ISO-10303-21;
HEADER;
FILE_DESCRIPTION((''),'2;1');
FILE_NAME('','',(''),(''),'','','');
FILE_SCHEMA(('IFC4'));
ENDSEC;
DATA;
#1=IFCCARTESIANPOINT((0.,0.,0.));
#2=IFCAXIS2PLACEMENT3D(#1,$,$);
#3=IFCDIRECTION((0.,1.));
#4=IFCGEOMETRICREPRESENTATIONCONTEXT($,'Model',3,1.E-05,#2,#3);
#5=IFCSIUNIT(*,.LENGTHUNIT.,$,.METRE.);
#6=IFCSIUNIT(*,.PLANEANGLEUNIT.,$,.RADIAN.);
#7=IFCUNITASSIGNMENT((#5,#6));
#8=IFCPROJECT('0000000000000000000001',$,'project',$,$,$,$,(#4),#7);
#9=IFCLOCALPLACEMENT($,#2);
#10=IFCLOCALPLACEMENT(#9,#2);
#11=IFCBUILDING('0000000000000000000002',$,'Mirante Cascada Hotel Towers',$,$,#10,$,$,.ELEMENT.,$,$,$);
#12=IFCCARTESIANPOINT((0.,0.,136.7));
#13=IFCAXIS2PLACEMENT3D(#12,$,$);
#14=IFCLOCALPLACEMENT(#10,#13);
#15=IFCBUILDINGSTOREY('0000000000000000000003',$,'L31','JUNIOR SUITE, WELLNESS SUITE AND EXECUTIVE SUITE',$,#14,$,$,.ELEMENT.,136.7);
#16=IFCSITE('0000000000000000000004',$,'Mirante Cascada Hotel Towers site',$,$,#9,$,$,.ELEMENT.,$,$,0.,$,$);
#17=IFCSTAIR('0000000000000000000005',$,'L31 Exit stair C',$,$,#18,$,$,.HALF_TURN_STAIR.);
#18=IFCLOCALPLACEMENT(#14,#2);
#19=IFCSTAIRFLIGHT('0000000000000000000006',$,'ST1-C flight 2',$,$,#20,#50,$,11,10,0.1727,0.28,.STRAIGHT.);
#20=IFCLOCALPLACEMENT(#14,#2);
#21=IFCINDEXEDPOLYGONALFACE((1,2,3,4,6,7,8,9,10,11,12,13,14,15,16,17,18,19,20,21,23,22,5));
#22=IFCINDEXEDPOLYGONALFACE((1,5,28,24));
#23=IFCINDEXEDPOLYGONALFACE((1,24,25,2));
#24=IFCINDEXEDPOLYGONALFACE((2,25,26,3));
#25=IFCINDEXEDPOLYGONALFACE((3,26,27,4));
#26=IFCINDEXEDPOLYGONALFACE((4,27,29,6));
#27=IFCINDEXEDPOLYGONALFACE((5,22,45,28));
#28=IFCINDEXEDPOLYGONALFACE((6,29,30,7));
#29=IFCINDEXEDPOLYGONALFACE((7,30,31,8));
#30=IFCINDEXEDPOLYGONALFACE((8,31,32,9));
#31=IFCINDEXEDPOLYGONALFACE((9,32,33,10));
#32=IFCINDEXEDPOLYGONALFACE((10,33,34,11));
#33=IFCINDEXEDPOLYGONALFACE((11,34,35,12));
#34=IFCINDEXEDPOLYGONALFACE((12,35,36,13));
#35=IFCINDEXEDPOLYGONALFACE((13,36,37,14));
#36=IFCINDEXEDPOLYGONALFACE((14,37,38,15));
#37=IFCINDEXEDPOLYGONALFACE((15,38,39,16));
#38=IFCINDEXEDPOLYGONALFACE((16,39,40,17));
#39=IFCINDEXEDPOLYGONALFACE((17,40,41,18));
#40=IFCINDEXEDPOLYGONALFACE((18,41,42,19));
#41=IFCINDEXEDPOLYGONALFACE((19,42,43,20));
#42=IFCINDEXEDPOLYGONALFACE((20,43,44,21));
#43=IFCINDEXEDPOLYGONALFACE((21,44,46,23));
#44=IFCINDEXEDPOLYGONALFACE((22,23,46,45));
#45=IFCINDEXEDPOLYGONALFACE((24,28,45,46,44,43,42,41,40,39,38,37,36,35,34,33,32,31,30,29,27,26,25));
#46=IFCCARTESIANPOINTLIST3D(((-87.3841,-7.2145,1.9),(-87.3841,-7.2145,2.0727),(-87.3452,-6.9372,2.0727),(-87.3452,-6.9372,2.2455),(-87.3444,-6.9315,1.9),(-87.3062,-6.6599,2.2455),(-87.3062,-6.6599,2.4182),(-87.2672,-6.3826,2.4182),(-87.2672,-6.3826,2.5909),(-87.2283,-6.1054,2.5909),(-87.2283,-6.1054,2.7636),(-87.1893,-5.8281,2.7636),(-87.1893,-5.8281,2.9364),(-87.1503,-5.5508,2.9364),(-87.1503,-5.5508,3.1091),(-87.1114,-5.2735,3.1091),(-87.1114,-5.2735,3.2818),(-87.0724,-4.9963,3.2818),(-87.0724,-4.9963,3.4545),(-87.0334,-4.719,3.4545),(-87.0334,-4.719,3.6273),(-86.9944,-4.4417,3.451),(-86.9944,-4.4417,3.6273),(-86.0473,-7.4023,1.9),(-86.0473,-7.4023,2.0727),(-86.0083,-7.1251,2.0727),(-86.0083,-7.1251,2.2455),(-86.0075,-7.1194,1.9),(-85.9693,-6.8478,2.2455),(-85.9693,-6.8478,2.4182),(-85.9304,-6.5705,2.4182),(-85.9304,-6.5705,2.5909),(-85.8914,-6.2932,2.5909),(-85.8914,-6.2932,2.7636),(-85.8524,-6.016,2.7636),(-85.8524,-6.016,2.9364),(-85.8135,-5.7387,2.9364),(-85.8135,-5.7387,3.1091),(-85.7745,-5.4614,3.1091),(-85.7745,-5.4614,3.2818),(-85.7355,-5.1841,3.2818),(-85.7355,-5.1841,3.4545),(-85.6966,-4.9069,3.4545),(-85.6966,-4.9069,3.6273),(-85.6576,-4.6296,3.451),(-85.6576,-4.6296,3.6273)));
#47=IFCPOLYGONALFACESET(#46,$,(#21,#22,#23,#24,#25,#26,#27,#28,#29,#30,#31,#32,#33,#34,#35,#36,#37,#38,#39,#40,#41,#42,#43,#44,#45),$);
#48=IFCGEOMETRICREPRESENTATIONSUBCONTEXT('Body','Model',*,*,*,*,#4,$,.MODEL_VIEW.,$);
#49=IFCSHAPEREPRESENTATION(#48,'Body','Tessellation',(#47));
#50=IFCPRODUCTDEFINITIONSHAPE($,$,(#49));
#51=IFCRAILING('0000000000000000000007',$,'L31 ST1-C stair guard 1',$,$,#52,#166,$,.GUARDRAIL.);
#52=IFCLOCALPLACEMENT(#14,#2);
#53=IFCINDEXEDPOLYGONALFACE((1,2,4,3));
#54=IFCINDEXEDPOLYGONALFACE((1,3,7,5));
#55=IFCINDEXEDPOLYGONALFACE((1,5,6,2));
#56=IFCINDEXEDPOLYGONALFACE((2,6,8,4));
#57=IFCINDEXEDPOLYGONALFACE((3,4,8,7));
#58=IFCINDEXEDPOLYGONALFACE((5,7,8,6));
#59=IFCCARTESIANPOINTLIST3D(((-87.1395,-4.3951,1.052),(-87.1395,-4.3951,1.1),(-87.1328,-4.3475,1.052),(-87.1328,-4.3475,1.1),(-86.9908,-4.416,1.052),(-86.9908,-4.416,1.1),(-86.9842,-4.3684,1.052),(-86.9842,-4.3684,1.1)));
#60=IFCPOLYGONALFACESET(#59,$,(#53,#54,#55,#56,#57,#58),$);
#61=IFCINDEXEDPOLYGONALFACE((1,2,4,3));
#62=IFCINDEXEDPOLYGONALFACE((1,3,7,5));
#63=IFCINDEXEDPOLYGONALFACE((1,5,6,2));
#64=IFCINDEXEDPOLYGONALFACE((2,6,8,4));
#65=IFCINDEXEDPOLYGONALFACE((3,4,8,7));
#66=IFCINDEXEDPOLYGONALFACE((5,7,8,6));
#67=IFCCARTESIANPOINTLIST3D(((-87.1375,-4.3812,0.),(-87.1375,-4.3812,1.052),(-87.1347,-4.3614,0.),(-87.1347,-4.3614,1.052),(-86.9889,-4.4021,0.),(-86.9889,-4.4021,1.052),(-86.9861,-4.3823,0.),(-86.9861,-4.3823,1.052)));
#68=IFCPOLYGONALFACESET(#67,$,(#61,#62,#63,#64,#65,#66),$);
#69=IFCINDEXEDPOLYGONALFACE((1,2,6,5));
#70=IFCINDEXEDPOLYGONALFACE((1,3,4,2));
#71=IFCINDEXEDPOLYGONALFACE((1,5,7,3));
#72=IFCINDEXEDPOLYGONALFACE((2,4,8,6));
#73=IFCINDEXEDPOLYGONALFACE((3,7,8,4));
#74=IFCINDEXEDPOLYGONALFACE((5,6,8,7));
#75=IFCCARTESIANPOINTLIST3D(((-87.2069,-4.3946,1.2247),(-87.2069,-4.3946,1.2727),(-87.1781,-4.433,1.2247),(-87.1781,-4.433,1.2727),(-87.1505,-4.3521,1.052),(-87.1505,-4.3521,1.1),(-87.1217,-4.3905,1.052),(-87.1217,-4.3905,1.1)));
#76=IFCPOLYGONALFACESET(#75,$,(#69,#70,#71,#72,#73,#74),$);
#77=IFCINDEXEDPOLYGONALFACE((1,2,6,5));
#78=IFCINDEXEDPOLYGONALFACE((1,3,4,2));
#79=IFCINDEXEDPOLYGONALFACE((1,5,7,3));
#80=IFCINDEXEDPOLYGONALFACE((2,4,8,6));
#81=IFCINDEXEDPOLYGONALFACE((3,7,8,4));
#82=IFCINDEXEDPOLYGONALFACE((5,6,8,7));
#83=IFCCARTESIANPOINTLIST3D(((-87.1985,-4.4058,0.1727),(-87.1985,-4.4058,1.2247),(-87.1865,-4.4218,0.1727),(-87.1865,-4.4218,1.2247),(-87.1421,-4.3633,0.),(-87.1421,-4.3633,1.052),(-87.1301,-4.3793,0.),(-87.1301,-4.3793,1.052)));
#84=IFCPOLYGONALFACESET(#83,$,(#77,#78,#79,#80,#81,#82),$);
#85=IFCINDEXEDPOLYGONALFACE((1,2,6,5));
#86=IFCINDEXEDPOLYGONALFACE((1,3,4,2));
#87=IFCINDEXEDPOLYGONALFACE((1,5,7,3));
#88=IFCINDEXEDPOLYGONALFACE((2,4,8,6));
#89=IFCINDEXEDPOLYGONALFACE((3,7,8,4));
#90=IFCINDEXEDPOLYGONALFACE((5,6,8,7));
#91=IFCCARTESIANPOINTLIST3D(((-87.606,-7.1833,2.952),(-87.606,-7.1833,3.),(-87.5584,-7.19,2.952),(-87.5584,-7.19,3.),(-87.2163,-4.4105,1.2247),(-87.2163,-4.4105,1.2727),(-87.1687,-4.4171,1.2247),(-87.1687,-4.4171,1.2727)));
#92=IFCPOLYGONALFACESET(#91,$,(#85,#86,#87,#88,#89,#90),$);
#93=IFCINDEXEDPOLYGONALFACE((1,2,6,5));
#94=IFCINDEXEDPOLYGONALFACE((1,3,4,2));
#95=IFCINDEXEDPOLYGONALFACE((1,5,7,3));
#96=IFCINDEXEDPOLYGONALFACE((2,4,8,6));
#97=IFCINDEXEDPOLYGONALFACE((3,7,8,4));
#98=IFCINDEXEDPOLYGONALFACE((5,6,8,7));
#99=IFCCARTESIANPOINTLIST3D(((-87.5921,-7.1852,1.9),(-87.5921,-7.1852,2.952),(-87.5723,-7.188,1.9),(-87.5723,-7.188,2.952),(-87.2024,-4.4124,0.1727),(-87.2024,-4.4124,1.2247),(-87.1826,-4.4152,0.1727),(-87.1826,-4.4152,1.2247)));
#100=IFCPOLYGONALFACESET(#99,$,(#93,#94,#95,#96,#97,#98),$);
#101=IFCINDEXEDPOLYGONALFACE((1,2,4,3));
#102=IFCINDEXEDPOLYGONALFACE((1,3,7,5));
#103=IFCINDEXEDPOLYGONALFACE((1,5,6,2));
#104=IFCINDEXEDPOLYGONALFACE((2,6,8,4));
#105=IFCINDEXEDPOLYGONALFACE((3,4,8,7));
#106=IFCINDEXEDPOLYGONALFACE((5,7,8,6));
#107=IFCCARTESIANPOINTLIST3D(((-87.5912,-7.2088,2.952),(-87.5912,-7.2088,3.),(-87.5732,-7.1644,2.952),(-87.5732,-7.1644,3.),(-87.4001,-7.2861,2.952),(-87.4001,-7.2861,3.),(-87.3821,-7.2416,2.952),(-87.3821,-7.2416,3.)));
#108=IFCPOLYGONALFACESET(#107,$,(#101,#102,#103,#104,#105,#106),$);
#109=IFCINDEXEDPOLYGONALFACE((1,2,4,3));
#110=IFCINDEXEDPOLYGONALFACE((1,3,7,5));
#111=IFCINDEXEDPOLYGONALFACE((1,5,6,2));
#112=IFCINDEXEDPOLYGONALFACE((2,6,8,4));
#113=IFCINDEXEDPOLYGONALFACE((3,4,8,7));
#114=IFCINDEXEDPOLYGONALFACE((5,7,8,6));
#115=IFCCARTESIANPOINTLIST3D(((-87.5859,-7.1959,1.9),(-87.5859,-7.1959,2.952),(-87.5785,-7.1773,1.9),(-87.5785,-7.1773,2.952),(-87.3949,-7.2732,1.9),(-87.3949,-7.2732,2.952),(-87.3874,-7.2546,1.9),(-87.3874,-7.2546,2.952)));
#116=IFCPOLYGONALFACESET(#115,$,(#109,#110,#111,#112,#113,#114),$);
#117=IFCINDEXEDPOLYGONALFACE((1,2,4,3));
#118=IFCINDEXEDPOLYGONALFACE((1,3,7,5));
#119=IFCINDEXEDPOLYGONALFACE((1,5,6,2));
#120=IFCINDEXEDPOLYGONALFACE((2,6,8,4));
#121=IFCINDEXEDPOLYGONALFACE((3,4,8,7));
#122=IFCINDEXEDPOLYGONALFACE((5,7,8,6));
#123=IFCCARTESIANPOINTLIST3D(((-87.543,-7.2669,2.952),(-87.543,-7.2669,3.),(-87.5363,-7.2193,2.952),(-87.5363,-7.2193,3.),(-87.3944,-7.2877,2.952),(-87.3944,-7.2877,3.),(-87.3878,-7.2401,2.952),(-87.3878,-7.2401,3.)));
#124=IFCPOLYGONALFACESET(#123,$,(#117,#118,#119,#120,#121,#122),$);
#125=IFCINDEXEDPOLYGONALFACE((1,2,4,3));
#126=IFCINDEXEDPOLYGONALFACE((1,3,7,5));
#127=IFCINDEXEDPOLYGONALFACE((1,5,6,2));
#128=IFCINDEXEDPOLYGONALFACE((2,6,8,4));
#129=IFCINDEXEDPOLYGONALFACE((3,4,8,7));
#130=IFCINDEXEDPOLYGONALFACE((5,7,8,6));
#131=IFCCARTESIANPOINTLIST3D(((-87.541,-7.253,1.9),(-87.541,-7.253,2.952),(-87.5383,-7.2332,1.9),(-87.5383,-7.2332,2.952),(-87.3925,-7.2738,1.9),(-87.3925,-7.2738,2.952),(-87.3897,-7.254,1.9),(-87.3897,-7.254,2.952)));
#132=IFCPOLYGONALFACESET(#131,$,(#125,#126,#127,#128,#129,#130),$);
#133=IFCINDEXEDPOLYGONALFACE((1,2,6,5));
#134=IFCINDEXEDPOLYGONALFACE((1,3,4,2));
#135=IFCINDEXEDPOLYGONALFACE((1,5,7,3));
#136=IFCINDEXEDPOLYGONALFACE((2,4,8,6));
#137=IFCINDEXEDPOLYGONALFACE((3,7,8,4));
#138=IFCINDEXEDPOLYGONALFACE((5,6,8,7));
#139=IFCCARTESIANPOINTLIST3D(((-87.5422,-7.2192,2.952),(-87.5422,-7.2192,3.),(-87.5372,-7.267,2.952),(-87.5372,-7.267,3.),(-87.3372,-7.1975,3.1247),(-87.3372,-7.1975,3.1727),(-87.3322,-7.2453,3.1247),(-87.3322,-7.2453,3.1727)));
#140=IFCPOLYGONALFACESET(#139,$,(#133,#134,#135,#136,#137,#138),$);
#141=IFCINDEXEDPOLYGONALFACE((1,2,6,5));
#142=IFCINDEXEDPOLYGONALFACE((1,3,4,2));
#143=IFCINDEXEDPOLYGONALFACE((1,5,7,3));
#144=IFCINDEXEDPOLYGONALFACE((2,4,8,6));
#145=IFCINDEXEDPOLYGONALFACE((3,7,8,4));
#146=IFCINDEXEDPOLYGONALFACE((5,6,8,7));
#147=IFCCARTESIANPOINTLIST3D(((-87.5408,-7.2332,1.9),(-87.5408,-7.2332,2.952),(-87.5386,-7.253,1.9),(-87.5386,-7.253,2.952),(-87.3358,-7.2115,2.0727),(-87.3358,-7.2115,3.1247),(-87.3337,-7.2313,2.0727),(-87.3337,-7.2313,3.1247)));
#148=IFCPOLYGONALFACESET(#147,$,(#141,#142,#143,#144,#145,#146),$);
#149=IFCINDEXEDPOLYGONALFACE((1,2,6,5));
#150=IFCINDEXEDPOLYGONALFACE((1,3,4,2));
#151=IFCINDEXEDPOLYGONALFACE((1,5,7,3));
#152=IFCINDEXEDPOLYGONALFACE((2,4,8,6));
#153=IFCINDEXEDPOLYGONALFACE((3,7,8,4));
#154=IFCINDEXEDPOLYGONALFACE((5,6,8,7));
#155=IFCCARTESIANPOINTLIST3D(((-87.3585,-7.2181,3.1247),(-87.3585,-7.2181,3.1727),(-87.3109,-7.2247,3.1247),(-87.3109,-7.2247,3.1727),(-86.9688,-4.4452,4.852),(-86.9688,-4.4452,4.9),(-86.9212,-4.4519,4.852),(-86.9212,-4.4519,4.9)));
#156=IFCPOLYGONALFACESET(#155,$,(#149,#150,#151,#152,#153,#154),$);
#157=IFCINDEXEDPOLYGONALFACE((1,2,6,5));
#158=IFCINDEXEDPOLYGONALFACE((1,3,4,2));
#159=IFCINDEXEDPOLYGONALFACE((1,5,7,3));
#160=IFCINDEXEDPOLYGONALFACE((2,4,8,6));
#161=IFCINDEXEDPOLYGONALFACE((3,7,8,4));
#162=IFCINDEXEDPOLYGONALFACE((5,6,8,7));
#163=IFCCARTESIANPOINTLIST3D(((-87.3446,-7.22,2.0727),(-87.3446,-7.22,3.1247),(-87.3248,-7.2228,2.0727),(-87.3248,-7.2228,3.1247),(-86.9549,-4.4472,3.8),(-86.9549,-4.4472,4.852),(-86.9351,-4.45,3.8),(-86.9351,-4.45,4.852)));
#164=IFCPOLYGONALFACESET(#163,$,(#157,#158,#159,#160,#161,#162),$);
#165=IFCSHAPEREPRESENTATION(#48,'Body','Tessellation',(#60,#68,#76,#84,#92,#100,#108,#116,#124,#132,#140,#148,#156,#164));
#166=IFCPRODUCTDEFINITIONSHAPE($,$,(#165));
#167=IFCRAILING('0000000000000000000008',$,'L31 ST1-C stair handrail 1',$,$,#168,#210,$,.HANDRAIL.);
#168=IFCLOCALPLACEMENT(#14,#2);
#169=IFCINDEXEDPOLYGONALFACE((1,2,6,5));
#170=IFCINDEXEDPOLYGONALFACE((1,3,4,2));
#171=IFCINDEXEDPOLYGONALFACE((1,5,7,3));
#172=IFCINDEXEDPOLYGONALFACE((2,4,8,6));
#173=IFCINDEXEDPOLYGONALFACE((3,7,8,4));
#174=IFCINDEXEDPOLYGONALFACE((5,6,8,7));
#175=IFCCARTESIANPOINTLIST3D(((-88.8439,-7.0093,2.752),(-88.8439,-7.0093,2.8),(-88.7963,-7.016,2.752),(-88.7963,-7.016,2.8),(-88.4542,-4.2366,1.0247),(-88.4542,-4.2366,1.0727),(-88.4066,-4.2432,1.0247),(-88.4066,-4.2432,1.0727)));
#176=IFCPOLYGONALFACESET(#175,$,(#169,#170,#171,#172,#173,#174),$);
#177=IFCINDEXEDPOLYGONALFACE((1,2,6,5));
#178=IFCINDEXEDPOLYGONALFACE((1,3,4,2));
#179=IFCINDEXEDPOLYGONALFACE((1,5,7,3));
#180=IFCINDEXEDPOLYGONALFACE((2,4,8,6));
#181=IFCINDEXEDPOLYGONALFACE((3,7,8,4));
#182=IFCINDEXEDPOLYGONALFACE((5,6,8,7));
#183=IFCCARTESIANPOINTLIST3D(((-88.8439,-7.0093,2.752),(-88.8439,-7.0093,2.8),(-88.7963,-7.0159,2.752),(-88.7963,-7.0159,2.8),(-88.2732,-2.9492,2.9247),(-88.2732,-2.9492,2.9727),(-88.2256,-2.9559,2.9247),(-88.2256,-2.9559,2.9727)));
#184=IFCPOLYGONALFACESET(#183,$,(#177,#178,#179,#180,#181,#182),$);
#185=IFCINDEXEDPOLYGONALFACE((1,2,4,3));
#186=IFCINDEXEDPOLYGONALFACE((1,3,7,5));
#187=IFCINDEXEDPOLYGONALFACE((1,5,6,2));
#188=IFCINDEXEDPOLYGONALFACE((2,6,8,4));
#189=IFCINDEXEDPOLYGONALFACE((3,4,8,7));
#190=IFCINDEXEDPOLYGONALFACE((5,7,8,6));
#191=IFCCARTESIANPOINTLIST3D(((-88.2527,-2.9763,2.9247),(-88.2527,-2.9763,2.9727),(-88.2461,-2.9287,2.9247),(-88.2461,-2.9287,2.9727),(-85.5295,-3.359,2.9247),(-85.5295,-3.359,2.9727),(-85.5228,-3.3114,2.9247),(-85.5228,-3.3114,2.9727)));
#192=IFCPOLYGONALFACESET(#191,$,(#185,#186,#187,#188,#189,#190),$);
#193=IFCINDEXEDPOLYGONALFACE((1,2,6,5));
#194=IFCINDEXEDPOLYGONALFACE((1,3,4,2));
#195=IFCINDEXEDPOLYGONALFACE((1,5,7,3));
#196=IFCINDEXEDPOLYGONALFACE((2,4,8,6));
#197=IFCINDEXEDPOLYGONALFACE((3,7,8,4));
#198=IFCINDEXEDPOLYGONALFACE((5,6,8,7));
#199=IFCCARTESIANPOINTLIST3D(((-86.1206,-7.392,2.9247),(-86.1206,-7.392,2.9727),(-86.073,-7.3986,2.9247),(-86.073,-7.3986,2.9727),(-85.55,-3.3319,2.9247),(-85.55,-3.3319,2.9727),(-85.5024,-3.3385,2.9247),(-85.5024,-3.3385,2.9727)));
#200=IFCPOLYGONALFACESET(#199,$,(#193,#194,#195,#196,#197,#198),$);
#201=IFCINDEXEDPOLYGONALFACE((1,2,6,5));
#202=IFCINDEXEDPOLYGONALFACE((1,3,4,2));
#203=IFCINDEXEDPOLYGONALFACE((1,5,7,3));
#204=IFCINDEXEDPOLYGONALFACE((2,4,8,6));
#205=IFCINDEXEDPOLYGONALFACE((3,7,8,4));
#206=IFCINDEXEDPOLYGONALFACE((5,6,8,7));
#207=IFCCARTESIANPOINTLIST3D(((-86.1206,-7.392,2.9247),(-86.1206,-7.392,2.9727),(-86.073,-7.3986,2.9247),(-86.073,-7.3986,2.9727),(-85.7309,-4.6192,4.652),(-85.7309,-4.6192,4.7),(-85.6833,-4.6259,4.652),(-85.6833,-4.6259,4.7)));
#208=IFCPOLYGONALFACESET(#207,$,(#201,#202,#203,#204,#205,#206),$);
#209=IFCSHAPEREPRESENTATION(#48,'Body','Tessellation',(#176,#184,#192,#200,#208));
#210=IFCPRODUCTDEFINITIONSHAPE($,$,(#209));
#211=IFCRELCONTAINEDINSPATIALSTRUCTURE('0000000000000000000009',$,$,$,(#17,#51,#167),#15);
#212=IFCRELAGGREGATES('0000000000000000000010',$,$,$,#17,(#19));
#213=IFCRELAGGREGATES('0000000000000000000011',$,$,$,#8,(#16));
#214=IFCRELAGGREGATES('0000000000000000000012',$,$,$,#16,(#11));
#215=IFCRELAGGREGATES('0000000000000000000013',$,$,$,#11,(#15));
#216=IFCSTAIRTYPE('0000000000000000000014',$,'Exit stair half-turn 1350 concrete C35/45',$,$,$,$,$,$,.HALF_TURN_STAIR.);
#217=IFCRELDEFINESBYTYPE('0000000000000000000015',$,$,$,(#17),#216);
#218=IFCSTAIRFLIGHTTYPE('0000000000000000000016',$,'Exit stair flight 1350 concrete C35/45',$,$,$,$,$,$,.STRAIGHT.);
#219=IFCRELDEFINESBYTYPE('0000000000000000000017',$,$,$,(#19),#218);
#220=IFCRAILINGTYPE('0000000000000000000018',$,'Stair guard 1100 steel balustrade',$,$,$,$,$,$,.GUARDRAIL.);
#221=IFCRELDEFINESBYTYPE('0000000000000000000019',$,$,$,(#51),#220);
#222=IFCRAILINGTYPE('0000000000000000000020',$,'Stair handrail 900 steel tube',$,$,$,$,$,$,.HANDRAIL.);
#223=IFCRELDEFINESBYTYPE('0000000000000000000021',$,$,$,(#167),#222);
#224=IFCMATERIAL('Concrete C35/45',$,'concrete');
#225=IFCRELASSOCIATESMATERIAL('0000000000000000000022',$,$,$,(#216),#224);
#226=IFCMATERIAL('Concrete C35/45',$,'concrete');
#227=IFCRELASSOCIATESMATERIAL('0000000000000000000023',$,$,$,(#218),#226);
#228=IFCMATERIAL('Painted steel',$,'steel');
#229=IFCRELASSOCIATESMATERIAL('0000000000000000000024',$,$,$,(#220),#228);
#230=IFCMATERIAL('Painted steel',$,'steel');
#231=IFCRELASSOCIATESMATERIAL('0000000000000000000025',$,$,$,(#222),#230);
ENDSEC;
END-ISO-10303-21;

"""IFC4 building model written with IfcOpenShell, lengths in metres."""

from ifc_helpers import new_model, si_unit, direction, frame, origin, origin_2d, place, context, subcontext, project, spatial, polyline, rectangle, outline, extrude, material, type_object, element, aggregate, save


model = new_model("IFC4")

# Units and contexts
model_context = context("Model", 3, precision=1e-05, world=origin(), true_north=direction((0.0, 1.0)))
body_context = subcontext(model_context, "Body", "Model", "MODEL_VIEW")
ifc_project = project(units=[si_unit("LENGTHUNIT", "METRE"), si_unit("PLANEANGLEUNIT", "RADIAN")], contexts=[model_context])

# Site, building, storey
site_placement = place(None, origin())
site = spatial("IfcSite", under=ifc_project, at=site_placement, Name="Mirante Cascada Hotel Towers site", CompositionType="ELEMENT", RefElevation=0.0)
building_placement = place(site_placement, origin())
building = spatial("IfcBuilding", under=site, at=building_placement, Name="Mirante Cascada Hotel Towers", CompositionType="ELEMENT")
storey_placement = place(building_placement, frame((0.0, 0.0, 136.7)))
storey = spatial("IfcBuildingStorey", under=building, at=storey_placement, Name="L31", Description="JUNIOR SUITE, WELLNESS SUITE AND EXECUTIVE SUITE", CompositionType="ELEMENT", Elevation=136.7)

# Stair, stair flight
ifc_material_1 = material(Name="Concrete C35/45", Category="concrete")
stair_type = type_object("IfcStairType", Name="Exit stair half-turn 1350 concrete C35/45", PredefinedType="HALF_TURN_STAIR", material=ifc_material_1)
stair_placement = place(storey_placement, origin())
stair = element("IfcStair", 1, at=stair_placement, inside=storey, type_object=stair_type, Name="L31 Exit stair C", PredefinedType="HALF_TURN_STAIR")
ifc_material_2 = material(Name="Concrete C35/45", Category="concrete")
stair_flight_type = type_object("IfcStairFlightType", Name="Exit stair flight 1350 concrete C35/45", PredefinedType="STRAIGHT", material=ifc_material_2)
stair_flight_1_placement = place(storey_placement, frame((-86.7157, -7.3084, 1.9), z_axis=(0.0, 0.0, 1.0), x_axis=(0.139173, 0.990268, 0.0)))
stair_flight_1 = element("IfcStairFlight", 2, at=stair_flight_1_placement, type_object=stair_flight_type, Name="ST1-C flight 2", NumberOfRisers=11, NumberOfTreads=10, PredefinedType="STRAIGHT", RiserHeight=0.1727, TreadLength=0.28, context=body_context, shape_type="SweptSolid", body=[
    extrude(outline(polyline([(0.0, 0.0), (0.0, 0.1727), (0.28, 0.1727), (0.28, 0.3455), (0.56, 0.3455), (0.56, 0.5182), (0.84, 0.5182), (0.84, 0.6909), (1.12, 0.6909), (1.12, 0.8636), (1.4, 0.8636), (1.4, 1.0364), (1.68, 1.0364), (1.68, 1.2091), (1.96, 1.2091), (1.96, 1.3818), (2.24, 1.3818), (2.24, 1.5545), (2.52, 1.5545), (2.52, 1.7273), (2.8, 1.7273), (2.8, 1.9), (2.8, 1.551), (0.2857, 0.0), (0.0, 0.0)])), frame((0.0, 0.675, 0.0), z_axis=(0.0, -1.0, 0.0), x_axis=(1.0, 0.0, 0.0)), (0.0, 0.0, 1.0), 1.35),
])
aggregate(stair, [stair_flight_1])

# Railings
ifc_material_3 = material(Name="Painted steel", Category="steel")
railing_type_1 = type_object("IfcRailingType", Name="Stair guard 1100 steel balustrade", PredefinedType="GUARDRAIL", material=ifc_material_3)
railing_1_placement = place(storey_placement, frame((-86.9875, -4.3922, 0.0)))
element("IfcRailing", 3, at=railing_1_placement, inside=storey, type_object=railing_type_1, Name="L31 ST1-C stair guard 1", PredefinedType="GUARDRAIL", context=body_context, shape_type="SweptSolid", body=[
    extrude(rectangle(XDim=0.048, YDim=0.048, at=origin_2d()), frame((0.0, 0.0, 1.076), z_axis=(-0.990254, 0.139275, 0.0), x_axis=(-0.139275, -0.990254, 0.0)), (0.0, 0.0, 1.0), 0.1501),
    extrude(rectangle(XDim=0.02, YDim=1.052, at=origin_2d()), frame((0.0, 0.0, 0.526), z_axis=(-0.990254, 0.139275, 0.0), x_axis=(-0.139275, -0.990254, 0.0)), (0.0, 0.0, 1.0), 0.1501),
    extrude(rectangle(XDim=0.048, YDim=0.048, at=origin_2d()), frame((-0.1486, 0.0209, 1.076), z_axis=(-0.798639, -0.601811, 0.0), x_axis=(0.601811, -0.798639, 0.0)), (0.0, 0.925603, 0.378496), 0.1866),
    extrude(rectangle(XDim=0.02, YDim=1.052, at=origin_2d()), frame((-0.1486, 0.0209, 0.526), z_axis=(-0.798639, -0.601811, 0.0), x_axis=(0.601811, -0.798639, 0.0)), (0.0, 0.925603, 0.378496), 0.1866),
    extrude(rectangle(XDim=0.048, YDim=0.048, at=origin_2d()), frame((-0.205, -0.0216, 1.2487), z_axis=(-0.139176, -0.990268, 0.0), x_axis=(0.990268, -0.139176, 0.0)), (0.0, 0.525021, 0.851089), 3.29),
    extrude(rectangle(XDim=0.02, YDim=1.052, at=origin_2d()), frame((-0.205, -0.0216, 0.6987), z_axis=(-0.139176, -0.990268, 0.0), x_axis=(0.990268, -0.139176, 0.0)), (0.0, 0.525021, 0.851089), 3.29),
    extrude(rectangle(XDim=0.048, YDim=0.048, at=origin_2d()), frame((-0.5947, -2.7944, 2.976), z_axis=(0.927031, -0.374984, 0.0), x_axis=(0.374984, 0.927031, 0.0)), (0.0, 0.0, 1.0), 0.2061),
    extrude(rectangle(XDim=0.02, YDim=1.052, at=origin_2d()), frame((-0.5947, -2.7944, 2.426), z_axis=(0.927031, -0.374984, 0.0), x_axis=(0.374984, 0.927031, 0.0)), (0.0, 0.0, 1.0), 0.2061),
    extrude(rectangle(XDim=0.048, YDim=0.048, at=origin_2d()), frame((-0.4036, -2.8717, 2.976), z_axis=(-0.990345, 0.138622, 0.0), x_axis=(-0.138622, -0.990345, 0.0)), (0.0, 0.0, 1.0), 0.15),
    extrude(rectangle(XDim=0.02, YDim=1.052, at=origin_2d()), frame((-0.4036, -2.8717, 2.426), z_axis=(-0.990345, 0.138622, 0.0), x_axis=(-0.138622, -0.990345, 0.0)), (0.0, 0.0, 1.0), 0.15),
    extrude(rectangle(XDim=0.048, YDim=0.048, at=origin_2d()), frame((-0.5522, -2.8509, 2.976), z_axis=(0.994444, 0.105266, 0.0), x_axis=(-0.105266, 0.994444, 0.0)), (0.0, 0.642184, 0.76655), 0.2689),
    extrude(rectangle(XDim=0.02, YDim=1.052, at=origin_2d()), frame((-0.5522, -2.8509, 2.426), z_axis=(0.994444, 0.105266, 0.0), x_axis=(-0.105266, 0.994444, 0.0)), (0.0, 0.642184, 0.76655), 0.2689),
    extrude(rectangle(XDim=0.048, YDim=0.048, at=origin_2d()), frame((-0.3472, -2.8292, 3.1487), z_axis=(0.139176, 0.990268, 0.0), x_axis=(-0.990268, 0.139176, 0.0)), (0.0, 0.525021, 0.851089), 3.29),
    extrude(rectangle(XDim=0.02, YDim=1.052, at=origin_2d()), frame((-0.3472, -2.8292, 2.5987), z_axis=(0.139176, 0.990268, 0.0), x_axis=(-0.990268, 0.139176, 0.0)), (0.0, 0.525021, 0.851089), 3.29),
])
ifc_material_4 = material(Name="Painted steel", Category="steel")
railing_type_2 = type_object("IfcRailingType", Name="Stair handrail 900 steel tube", PredefinedType="HANDRAIL", material=ifc_material_4)
railing_2_placement = place(storey_placement, frame((-88.4304, -4.2399, 0.1727)))
element("IfcRailing", 4, at=railing_2_placement, inside=storey, type_object=railing_type_2, Name="L31 ST1-C stair handrail 1", PredefinedType="HANDRAIL", context=body_context, shape_type="SweptSolid", body=[
    extrude(rectangle(XDim=0.048, YDim=0.048, at=origin_2d()), frame((0.0, 0.0, 0.876), z_axis=(-0.139181, -0.990267, 0.0), x_axis=(0.990267, -0.139181, 0.0)), (0.0, 0.525035, 0.851081), 3.2899),
    extrude(rectangle(XDim=0.048, YDim=0.048, at=origin_2d()), frame((-0.3897, -2.7727, 2.6033), z_axis=(0.139195, 0.990265, 0.0), x_axis=(-0.990265, 0.139195, 0.0)), (0.0, 0.042084, 0.999114), 4.1036),
    extrude(rectangle(XDim=0.048, YDim=0.048, at=origin_2d()), frame((0.181, 1.2874, 2.776), z_axis=(0.990269, -0.139166, 0.0), x_axis=(0.139166, 0.990269, 0.0)), (0.0, 0.0, 1.0), 2.75),
    extrude(rectangle(XDim=0.048, YDim=0.048, at=origin_2d()), frame((2.9042, 0.9047, 2.776), z_axis=(-0.139171, -0.990268, 0.0), x_axis=(0.990268, -0.139171, 0.0)), (0.0, 0.0, 1.0), 4.1),
    extrude(rectangle(XDim=0.048, YDim=0.048, at=origin_2d()), frame((2.3336, -3.1554, 2.776), z_axis=(0.139181, 0.990267, 0.0), x_axis=(-0.990267, 0.139181, 0.0)), (0.0, 0.525035, 0.851081), 3.2899),
])

save(model, "model.ifc")
